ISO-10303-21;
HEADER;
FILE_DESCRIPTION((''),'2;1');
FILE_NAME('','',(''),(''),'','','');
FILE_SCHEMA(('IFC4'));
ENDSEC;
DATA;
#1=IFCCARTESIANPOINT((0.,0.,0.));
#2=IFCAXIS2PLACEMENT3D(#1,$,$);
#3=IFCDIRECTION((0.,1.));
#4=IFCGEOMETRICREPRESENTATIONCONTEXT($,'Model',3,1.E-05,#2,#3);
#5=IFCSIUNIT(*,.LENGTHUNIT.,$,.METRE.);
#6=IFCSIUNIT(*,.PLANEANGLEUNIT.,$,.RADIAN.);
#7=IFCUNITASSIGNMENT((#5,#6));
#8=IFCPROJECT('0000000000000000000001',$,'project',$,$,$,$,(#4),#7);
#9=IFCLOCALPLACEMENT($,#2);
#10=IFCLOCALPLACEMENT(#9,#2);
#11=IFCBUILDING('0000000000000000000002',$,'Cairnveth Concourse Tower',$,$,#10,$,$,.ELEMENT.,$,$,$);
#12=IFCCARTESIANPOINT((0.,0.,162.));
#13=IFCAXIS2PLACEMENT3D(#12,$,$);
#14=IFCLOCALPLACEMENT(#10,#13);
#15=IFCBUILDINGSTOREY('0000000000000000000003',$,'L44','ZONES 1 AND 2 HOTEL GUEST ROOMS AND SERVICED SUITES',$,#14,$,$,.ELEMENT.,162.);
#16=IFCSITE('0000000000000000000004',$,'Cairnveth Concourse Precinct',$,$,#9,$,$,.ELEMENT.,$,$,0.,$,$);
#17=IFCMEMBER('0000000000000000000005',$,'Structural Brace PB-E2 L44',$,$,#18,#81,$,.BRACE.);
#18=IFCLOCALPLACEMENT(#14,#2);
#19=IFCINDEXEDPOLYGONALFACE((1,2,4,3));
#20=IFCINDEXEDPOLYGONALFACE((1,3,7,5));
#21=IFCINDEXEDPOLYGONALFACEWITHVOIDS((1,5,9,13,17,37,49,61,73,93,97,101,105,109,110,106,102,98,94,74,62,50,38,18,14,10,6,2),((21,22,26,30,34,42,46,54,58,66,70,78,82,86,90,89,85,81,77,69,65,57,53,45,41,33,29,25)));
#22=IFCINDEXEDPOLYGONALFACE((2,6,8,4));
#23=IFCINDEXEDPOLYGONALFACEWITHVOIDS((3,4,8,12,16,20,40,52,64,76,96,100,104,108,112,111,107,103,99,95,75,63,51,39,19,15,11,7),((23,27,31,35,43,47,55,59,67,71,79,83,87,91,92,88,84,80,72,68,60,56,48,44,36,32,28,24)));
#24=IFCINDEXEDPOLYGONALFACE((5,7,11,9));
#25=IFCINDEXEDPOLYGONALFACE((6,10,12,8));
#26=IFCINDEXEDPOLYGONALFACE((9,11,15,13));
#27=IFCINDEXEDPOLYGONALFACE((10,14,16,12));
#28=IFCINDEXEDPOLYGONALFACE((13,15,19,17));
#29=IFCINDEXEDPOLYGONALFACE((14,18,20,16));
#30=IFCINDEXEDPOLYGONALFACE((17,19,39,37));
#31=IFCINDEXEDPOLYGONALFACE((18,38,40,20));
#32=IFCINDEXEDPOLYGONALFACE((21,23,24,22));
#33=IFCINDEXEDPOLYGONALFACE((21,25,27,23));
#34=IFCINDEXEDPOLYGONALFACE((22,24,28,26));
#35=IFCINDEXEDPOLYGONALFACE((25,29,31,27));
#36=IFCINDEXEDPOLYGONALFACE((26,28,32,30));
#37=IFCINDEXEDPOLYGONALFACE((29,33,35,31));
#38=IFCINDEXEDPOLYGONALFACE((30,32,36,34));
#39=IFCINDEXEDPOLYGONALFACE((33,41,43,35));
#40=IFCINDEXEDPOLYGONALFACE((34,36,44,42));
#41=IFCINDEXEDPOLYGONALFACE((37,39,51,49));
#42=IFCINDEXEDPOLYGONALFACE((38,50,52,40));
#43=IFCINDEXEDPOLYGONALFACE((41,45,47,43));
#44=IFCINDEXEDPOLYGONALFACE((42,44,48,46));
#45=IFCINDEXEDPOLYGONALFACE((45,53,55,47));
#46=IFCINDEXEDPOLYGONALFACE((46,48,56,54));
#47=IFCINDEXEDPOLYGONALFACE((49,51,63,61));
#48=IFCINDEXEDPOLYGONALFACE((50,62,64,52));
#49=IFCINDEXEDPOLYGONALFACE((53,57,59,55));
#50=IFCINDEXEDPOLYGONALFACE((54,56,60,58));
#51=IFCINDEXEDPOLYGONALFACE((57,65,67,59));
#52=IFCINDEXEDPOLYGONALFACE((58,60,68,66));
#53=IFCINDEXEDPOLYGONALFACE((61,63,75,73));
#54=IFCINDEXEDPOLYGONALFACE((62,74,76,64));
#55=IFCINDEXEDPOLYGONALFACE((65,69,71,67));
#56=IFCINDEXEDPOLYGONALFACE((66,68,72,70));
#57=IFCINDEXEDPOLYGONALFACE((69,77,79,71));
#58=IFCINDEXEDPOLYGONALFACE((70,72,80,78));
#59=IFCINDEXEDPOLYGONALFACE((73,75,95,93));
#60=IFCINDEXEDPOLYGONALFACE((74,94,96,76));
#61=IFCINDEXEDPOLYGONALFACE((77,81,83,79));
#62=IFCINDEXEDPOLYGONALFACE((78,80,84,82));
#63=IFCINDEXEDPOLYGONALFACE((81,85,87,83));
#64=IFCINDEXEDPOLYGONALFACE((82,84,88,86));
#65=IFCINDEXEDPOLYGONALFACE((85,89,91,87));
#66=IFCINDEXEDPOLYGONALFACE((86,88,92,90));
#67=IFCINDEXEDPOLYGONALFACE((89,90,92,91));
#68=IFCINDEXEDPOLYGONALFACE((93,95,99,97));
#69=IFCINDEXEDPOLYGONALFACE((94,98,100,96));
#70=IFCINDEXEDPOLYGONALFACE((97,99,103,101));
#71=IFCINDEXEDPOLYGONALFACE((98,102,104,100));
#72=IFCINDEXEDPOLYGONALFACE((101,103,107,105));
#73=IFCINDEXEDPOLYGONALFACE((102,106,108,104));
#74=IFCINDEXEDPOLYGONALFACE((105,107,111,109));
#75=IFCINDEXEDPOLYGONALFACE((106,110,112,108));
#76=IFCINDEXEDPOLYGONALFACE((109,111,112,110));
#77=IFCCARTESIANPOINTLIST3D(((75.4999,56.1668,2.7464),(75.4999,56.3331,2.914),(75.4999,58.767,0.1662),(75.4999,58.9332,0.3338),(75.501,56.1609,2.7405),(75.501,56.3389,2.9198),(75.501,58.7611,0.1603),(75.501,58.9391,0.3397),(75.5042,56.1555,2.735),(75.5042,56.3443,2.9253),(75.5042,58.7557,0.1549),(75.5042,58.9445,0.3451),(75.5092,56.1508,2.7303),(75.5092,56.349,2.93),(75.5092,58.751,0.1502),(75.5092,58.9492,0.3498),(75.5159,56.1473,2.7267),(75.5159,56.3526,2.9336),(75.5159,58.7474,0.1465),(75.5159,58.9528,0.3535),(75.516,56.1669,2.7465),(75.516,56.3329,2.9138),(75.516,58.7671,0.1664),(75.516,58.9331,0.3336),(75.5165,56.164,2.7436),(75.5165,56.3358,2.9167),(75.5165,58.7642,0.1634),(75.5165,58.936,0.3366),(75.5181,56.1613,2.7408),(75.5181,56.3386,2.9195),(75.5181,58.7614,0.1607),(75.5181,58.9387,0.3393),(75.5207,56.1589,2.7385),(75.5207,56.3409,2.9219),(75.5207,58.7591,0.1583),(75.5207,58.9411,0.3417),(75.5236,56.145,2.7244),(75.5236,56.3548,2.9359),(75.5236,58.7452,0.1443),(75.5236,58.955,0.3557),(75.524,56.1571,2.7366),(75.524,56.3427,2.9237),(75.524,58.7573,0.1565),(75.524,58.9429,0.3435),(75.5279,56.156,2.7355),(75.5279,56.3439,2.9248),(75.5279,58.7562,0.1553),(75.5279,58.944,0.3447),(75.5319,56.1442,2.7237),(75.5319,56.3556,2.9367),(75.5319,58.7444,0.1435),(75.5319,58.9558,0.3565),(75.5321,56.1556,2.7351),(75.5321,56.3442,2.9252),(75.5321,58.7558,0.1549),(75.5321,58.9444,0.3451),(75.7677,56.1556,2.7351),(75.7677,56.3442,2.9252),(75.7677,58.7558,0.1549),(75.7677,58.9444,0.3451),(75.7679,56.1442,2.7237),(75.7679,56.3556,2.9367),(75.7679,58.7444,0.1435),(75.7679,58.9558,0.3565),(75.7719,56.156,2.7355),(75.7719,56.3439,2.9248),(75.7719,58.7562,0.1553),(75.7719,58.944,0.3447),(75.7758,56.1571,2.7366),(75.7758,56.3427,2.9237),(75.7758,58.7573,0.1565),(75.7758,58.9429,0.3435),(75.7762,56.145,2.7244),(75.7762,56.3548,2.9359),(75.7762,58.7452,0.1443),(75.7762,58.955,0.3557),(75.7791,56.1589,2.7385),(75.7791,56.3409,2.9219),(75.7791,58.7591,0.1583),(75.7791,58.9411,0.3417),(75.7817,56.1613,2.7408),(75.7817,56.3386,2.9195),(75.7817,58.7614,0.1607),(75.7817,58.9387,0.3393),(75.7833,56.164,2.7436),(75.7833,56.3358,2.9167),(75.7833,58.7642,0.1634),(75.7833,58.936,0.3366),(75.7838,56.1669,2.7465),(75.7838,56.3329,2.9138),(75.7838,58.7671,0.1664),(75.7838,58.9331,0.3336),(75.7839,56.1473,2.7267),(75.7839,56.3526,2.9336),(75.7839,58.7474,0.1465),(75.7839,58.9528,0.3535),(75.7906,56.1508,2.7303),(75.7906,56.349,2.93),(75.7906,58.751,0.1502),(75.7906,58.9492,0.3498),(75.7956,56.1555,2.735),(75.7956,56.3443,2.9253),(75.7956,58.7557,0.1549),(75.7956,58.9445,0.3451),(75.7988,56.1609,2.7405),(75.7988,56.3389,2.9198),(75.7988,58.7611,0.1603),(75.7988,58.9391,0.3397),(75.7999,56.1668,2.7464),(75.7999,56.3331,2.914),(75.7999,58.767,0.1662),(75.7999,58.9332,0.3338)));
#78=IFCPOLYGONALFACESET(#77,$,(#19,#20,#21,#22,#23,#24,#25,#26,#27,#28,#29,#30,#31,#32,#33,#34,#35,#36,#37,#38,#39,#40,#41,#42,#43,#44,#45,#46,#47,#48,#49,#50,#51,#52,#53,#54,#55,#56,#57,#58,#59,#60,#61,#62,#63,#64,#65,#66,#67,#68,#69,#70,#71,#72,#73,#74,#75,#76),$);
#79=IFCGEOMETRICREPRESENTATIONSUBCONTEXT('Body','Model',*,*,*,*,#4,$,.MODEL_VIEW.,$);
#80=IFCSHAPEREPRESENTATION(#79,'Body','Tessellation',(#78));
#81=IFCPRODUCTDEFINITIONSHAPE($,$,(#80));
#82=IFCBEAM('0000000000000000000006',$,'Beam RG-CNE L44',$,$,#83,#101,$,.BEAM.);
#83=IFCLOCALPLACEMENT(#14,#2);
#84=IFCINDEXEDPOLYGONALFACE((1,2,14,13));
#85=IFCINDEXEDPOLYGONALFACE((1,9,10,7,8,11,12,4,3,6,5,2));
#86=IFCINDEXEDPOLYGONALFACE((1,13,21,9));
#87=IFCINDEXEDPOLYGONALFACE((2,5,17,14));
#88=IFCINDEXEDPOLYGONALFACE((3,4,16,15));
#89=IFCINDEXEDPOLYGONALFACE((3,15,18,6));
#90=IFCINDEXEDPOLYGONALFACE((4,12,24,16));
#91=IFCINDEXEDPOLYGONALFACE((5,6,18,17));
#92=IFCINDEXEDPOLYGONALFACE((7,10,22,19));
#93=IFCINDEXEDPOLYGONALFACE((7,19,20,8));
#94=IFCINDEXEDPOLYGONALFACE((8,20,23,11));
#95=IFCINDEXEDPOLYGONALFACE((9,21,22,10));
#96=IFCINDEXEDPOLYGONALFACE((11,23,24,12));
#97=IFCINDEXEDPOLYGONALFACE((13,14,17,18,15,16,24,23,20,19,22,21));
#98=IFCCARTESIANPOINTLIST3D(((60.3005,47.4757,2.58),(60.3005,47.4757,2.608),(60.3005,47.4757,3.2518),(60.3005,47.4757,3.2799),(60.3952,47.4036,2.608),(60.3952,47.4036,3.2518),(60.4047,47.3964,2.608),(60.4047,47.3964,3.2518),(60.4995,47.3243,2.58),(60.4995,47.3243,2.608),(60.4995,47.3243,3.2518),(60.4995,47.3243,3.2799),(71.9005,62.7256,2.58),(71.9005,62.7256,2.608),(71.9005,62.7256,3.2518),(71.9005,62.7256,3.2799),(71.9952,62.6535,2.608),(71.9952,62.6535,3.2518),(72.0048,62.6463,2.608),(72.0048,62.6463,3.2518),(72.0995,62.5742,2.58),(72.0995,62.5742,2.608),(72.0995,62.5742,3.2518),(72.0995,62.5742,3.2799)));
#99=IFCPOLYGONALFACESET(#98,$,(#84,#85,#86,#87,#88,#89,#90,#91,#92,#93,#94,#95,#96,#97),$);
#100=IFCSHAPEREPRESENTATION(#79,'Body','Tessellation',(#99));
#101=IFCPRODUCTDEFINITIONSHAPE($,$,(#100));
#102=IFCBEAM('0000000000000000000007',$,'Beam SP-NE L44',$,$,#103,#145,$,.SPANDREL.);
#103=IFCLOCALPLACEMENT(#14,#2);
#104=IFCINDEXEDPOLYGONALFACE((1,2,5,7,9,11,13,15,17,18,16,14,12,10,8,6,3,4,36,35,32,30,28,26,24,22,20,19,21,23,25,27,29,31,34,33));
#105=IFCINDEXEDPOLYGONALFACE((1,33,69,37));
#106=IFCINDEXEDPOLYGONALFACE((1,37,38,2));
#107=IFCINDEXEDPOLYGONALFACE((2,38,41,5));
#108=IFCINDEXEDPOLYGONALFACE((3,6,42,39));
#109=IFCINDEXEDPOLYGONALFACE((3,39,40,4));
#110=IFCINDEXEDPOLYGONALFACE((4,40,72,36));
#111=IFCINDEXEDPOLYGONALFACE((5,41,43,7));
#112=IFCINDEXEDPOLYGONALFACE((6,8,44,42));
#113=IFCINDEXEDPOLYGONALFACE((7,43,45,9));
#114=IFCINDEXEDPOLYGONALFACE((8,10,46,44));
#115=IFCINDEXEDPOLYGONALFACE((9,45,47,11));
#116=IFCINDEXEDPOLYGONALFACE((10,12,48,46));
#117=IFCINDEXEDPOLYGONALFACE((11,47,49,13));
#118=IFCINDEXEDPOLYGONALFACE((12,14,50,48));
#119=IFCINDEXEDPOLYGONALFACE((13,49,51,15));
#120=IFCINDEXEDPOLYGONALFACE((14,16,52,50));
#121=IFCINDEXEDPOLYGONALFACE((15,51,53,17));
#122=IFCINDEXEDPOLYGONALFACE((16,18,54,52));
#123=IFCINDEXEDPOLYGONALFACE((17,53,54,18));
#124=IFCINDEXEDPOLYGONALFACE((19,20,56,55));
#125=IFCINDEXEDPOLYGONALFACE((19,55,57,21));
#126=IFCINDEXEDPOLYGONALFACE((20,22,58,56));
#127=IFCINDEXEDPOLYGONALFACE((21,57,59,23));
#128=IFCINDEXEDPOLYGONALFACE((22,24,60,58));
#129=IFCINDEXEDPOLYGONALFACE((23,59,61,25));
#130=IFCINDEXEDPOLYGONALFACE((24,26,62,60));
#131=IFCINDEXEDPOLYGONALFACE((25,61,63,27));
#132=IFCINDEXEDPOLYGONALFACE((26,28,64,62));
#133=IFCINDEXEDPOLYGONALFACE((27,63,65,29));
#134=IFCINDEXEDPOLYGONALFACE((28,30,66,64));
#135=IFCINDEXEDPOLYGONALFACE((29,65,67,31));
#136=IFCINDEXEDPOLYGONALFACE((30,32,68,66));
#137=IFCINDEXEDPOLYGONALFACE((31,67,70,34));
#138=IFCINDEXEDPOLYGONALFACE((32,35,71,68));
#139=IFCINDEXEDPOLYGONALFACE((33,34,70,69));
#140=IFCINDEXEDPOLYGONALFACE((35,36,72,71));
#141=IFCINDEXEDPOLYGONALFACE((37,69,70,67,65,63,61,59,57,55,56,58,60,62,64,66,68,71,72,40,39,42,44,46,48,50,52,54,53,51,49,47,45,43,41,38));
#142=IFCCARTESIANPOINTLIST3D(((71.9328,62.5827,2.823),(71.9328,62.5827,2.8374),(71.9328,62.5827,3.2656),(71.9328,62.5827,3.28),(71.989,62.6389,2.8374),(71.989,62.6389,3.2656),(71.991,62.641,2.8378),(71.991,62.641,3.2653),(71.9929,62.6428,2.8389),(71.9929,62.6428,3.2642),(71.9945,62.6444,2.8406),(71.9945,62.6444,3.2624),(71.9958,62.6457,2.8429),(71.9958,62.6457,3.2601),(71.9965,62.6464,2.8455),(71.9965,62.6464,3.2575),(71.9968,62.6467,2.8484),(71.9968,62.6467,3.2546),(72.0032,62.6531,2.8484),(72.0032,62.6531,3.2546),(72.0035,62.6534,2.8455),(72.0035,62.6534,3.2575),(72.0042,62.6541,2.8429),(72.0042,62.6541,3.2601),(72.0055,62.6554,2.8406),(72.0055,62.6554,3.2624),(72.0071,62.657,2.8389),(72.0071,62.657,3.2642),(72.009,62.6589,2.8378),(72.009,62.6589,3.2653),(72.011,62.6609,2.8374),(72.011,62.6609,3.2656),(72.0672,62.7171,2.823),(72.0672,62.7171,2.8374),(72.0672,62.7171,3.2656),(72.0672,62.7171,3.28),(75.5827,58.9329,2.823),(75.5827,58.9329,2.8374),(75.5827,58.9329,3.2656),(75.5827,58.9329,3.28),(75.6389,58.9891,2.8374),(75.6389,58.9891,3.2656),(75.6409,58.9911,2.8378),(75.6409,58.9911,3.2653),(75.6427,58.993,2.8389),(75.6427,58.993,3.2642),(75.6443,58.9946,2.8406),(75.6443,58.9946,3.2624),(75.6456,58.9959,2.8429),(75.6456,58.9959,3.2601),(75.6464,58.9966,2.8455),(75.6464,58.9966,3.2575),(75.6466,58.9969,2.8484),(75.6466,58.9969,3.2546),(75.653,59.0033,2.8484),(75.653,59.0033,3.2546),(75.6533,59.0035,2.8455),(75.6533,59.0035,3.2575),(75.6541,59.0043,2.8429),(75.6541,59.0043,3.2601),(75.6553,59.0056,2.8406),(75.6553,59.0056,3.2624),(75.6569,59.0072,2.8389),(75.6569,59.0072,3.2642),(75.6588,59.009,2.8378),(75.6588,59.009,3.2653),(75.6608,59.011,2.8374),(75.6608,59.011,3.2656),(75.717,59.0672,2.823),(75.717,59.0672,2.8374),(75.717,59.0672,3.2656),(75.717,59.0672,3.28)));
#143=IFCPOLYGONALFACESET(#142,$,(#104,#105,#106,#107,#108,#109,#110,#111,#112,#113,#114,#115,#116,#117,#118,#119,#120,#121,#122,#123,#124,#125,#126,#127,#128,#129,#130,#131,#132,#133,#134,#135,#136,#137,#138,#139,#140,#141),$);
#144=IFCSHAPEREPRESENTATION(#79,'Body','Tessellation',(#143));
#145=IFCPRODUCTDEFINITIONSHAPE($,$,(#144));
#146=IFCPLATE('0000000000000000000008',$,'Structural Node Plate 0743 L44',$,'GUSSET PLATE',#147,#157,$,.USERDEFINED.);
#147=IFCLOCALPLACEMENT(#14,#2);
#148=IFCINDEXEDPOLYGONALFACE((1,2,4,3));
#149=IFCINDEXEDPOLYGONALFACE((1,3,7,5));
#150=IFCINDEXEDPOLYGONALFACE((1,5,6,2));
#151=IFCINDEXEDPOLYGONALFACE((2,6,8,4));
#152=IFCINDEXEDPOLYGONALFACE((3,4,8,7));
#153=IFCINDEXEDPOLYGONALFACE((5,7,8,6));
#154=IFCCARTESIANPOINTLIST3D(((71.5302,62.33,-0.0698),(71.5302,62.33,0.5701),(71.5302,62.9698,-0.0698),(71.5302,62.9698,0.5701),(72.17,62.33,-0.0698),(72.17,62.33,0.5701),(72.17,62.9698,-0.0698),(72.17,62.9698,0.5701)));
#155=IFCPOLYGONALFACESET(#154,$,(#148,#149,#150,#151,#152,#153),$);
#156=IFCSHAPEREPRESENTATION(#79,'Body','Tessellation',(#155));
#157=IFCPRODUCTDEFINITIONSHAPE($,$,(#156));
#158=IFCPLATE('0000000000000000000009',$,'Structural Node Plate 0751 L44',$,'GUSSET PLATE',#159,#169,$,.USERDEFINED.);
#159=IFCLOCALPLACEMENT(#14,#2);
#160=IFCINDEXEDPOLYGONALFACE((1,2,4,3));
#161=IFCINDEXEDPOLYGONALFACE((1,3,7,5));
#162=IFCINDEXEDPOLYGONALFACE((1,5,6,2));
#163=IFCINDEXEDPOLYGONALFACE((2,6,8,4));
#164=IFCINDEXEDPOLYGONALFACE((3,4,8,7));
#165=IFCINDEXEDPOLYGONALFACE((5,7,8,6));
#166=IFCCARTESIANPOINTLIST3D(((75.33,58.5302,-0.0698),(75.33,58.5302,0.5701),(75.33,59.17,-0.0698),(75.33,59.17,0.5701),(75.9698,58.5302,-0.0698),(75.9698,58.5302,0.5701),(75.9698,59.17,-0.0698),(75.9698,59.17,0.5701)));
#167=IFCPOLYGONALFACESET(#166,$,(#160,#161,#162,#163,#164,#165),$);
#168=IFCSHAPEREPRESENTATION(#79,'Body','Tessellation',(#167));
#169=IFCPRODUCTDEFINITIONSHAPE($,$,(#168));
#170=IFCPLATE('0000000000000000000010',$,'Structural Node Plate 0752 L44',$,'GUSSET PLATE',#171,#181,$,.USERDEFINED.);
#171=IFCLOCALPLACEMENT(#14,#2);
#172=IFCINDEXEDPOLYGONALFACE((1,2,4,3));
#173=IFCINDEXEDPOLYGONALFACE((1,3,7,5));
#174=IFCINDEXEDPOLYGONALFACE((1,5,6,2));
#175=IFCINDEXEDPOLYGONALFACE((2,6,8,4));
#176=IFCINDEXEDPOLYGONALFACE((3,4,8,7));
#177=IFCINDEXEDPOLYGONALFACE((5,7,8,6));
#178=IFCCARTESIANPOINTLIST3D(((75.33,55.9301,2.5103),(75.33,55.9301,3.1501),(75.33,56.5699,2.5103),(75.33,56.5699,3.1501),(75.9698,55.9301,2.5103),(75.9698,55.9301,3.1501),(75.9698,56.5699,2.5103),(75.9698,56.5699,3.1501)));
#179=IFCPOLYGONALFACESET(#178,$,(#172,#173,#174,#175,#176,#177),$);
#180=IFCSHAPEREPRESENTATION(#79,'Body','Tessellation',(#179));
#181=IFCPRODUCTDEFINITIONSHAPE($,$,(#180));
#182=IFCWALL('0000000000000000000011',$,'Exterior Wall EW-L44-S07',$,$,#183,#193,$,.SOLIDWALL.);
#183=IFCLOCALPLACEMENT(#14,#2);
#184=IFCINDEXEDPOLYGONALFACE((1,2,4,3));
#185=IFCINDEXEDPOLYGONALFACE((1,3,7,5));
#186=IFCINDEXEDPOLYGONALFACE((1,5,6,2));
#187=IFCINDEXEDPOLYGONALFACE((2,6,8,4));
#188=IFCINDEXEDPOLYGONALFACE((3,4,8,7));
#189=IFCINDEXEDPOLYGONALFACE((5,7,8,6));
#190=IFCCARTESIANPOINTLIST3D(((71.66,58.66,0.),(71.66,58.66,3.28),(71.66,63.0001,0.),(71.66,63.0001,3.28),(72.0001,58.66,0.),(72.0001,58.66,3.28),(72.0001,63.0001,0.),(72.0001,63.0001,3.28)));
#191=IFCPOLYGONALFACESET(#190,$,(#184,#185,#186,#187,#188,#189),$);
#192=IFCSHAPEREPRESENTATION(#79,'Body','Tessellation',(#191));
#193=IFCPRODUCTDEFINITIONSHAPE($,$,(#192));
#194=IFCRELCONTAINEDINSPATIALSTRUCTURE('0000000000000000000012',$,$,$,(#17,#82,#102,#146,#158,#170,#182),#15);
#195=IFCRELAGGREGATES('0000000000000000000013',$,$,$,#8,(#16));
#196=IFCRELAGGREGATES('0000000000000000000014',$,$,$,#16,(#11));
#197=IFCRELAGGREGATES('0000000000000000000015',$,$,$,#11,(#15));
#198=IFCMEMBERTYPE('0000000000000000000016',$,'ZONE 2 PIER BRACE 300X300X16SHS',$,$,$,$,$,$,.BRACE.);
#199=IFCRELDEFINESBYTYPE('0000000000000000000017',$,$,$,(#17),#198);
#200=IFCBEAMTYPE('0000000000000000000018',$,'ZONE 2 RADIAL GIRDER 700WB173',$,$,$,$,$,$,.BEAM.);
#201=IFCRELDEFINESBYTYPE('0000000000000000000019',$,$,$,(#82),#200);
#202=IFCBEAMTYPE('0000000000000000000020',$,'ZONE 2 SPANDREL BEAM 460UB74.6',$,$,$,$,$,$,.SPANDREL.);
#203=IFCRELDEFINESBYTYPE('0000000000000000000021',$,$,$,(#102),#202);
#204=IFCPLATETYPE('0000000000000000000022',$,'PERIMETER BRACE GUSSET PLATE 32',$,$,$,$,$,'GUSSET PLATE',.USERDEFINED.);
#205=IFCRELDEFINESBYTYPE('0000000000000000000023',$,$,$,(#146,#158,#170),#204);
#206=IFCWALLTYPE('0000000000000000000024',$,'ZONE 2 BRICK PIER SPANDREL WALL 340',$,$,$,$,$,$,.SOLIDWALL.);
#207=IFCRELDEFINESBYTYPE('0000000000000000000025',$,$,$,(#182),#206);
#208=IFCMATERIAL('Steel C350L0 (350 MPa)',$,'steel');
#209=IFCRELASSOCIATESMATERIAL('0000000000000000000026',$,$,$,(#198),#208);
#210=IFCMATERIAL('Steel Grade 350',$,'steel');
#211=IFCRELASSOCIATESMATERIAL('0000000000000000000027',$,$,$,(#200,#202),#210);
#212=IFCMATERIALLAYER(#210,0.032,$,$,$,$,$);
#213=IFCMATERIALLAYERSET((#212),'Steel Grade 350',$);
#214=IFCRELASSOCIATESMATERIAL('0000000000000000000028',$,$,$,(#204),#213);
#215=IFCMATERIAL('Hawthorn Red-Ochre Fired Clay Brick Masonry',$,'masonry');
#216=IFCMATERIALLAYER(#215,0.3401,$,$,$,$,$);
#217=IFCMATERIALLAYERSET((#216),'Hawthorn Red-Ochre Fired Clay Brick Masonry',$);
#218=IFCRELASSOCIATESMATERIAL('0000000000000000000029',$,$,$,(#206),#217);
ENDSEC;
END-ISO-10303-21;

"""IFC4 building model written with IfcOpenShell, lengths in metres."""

from ifc_helpers import new_model, si_unit, direction, frame, frame_2d, origin, origin_2d, place, context, subcontext, project, spatial, rectangle, hollow_rectangle, i_section, extrude, material, layer, layer_set, material_profile, profile_set, type_object, element, save


model = new_model("IFC4")

# Units and contexts
model_context = context("Model", 3, precision=1e-05, world=origin(), true_north=direction((0.0, 1.0)))
body_context = subcontext(model_context, "Body", "Model", "MODEL_VIEW")
ifc_project = project(units=[si_unit("LENGTHUNIT", "METRE"), si_unit("PLANEANGLEUNIT", "RADIAN")], contexts=[model_context])

# Site, building, storey
site_placement = place(None, origin())
site = spatial("IfcSite", under=ifc_project, at=site_placement, Name="Cairnveth Concourse Precinct", CompositionType="ELEMENT", RefElevation=0.0)
building_placement = place(site_placement, origin())
building = spatial("IfcBuilding", under=site, at=building_placement, Name="Cairnveth Concourse Tower", CompositionType="ELEMENT")
storey_placement = place(building_placement, frame((0.0, 0.0, 162.0)))
storey = spatial("IfcBuildingStorey", under=building, at=storey_placement, Name="L44", Description="ZONES 1 AND 2 HOTEL GUEST ROOMS AND SERVICED SUITES", CompositionType="ELEMENT", Elevation=162.0)

# Shared definitions
ifc_material_1 = material(Name="Steel Grade 350", Category="steel")

# Member
ifc_material_2 = material(Name="Steel C350L0 (350 MPa)", Category="steel")
ifc_material_profile_1 = material_profile(ifc_material_2, hollow_rectangle(XDim=0.3, YDim=0.3, WallThickness=0.0161, InnerFilletRadius=0.0161, OuterFilletRadius=0.032, at=origin_2d()), Name="300x300x16.0SHS")
ifc_profile_set_1 = profile_set([ifc_material_profile_1], Name="Steel C350L0 (350 MPa)")
member_type = type_object("IfcMemberType", Name="ZONE 2 PIER BRACE 300X300X16SHS", PredefinedType="BRACE", material=ifc_profile_set_1)
for number, where, z_axis, x_axis, name in (
    (1, (75.6499, 58.8501, 0.25), (0.0, -0.709834, 0.704369), (1.0, 0.0, 0.0), "Structural Brace PB-E2 L44"),
):
    element("IfcMember", number, at=place(storey_placement, frame(where, z_axis=z_axis, x_axis=x_axis)), inside=storey, type_object=member_type, Name=name, PredefinedType="BRACE", context=body_context, shape_type="SweptSolid", body=[
        extrude(hollow_rectangle(XDim=0.3, YDim=0.3, WallThickness=0.0161, InnerFilletRadius=0.0161, OuterFilletRadius=0.032, at=origin_2d()), origin(), (0.0, 0.0, 1.0), 3.6631),
    ])

# Beams
ifc_material_profile_2 = material_profile(ifc_material_1, i_section(OverallWidth=0.25, OverallDepth=0.7, WebThickness=0.012, FlangeThickness=0.0281, at=origin_2d()), Name="700WB173")
ifc_profile_set_2 = profile_set([ifc_material_profile_2], Name="Steel Grade 350")
beam_type_1 = type_object("IfcBeamType", Name="ZONE 2 RADIAL GIRDER 700WB173", PredefinedType="BEAM", material=ifc_profile_set_2)
beam_1_placement = place(storey_placement, frame((72.0, 62.6499, 2.9299), z_axis=(-0.605417, -0.795908, 0.0), x_axis=(0.795908, -0.605417, 0.0)))
element("IfcBeam", 2, at=beam_1_placement, inside=storey, type_object=beam_type_1, Name="Beam RG-CNE L44", PredefinedType="BEAM", context=body_context, shape_type="SweptSolid", body=[
    extrude(i_section(OverallWidth=0.25, OverallDepth=0.7, WebThickness=0.012, FlangeThickness=0.0281, at=origin_2d()), origin(), (0.0, 0.0, 1.0), 19.1604),
])
ifc_material_profile_3 = material_profile(ifc_material_1, i_section(OverallWidth=0.1899, OverallDepth=0.457, WebThickness=0.009, FlangeThickness=0.0144, FilletRadius=0.011, at=origin_2d()), Name="460UB74.6")
ifc_profile_set_3 = profile_set([ifc_material_profile_3], Name="Steel Grade 350")
beam_type_2 = type_object("IfcBeamType", Name="ZONE 2 SPANDREL BEAM 460UB74.6", PredefinedType="SPANDREL", material=ifc_profile_set_3)
beam_2_placement = place(storey_placement, frame((72.0, 62.6499, 3.0515), z_axis=(0.707107, -0.707107, 0.0), x_axis=(0.707107, 0.707107, 0.0)))
element("IfcBeam", 3, at=beam_2_placement, inside=storey, type_object=beam_type_2, Name="Beam SP-NE L44", PredefinedType="SPANDREL", context=body_context, shape_type="SweptSolid", body=[
    extrude(i_section(OverallWidth=0.1899, OverallDepth=0.457, WebThickness=0.009, FlangeThickness=0.0144, FilletRadius=0.011, at=origin_2d()), origin(), (0.0, 0.0, 1.0), 5.1616),
])

# Plates
ifc_layer_1 = layer(ifc_material_1, 0.032)
ifc_layer_set_1 = layer_set([ifc_layer_1], Name="Steel Grade 350")
plate_type = type_object("IfcPlateType", Name="PERIMETER BRACE GUSSET PLATE 32", ElementType="GUSSET PLATE", PredefinedType="USERDEFINED", material=ifc_layer_set_1)
for number, where, z_axis, x_axis, name in (
    (4, (71.8501, 62.6499, -0.0698), (0.0, 0.0, 1.0), (1.0, 0.0, 0.0), "Structural Node Plate 0743 L44"),
    (5, (75.6499, 58.8501, -0.0698), (0.0, 0.0, 1.0), (1.0, 0.0, 0.0), "Structural Node Plate 0751 L44"),
    (6, (75.6499, 56.25, 2.5103), (0.0, 0.0, 1.0), (1.0, 0.0, 0.0), "Structural Node Plate 0752 L44"),
):
    element("IfcPlate", number, at=place(storey_placement, frame(where, z_axis=z_axis, x_axis=x_axis)), inside=storey, type_object=plate_type, Name=name, ObjectType="GUSSET PLATE", PredefinedType="USERDEFINED", context=body_context, shape_type="SweptSolid", body=[
        extrude(rectangle(XDim=0.6399, YDim=0.6399, at=origin_2d()), origin(), (0.0, 0.0, 1.0), 0.6399),
    ])

# Wall
ifc_material_3 = material(Name="Hawthorn Red-Ochre Fired Clay Brick Masonry", Category="masonry")
ifc_layer_2 = layer(ifc_material_3, 0.3401)
ifc_layer_set_2 = layer_set([ifc_layer_2], Name="Hawthorn Red-Ochre Fired Clay Brick Masonry")
wall_type = type_object("IfcWallType", Name="ZONE 2 BRICK PIER SPANDREL WALL 340", PredefinedType="SOLIDWALL", material=ifc_layer_set_2)
wall_1_placement = place(storey_placement, frame((71.8301, 63.0, 0.0), z_axis=(0.0, 0.0, 1.0), x_axis=(0.0, -1.0, 0.0)))
element("IfcWall", 7, at=wall_1_placement, inside=storey, type_object=wall_type, Name="Exterior Wall EW-L44-S07", PredefinedType="SOLIDWALL", context=body_context, shape_type="SweptSolid", body=[
    extrude(rectangle(XDim=4.3401, YDim=0.3401, at=frame_2d((2.1699, 0.0))), origin(), (0.0, 0.0, 1.0), 3.28),
])

save(model, "model.ifc")
